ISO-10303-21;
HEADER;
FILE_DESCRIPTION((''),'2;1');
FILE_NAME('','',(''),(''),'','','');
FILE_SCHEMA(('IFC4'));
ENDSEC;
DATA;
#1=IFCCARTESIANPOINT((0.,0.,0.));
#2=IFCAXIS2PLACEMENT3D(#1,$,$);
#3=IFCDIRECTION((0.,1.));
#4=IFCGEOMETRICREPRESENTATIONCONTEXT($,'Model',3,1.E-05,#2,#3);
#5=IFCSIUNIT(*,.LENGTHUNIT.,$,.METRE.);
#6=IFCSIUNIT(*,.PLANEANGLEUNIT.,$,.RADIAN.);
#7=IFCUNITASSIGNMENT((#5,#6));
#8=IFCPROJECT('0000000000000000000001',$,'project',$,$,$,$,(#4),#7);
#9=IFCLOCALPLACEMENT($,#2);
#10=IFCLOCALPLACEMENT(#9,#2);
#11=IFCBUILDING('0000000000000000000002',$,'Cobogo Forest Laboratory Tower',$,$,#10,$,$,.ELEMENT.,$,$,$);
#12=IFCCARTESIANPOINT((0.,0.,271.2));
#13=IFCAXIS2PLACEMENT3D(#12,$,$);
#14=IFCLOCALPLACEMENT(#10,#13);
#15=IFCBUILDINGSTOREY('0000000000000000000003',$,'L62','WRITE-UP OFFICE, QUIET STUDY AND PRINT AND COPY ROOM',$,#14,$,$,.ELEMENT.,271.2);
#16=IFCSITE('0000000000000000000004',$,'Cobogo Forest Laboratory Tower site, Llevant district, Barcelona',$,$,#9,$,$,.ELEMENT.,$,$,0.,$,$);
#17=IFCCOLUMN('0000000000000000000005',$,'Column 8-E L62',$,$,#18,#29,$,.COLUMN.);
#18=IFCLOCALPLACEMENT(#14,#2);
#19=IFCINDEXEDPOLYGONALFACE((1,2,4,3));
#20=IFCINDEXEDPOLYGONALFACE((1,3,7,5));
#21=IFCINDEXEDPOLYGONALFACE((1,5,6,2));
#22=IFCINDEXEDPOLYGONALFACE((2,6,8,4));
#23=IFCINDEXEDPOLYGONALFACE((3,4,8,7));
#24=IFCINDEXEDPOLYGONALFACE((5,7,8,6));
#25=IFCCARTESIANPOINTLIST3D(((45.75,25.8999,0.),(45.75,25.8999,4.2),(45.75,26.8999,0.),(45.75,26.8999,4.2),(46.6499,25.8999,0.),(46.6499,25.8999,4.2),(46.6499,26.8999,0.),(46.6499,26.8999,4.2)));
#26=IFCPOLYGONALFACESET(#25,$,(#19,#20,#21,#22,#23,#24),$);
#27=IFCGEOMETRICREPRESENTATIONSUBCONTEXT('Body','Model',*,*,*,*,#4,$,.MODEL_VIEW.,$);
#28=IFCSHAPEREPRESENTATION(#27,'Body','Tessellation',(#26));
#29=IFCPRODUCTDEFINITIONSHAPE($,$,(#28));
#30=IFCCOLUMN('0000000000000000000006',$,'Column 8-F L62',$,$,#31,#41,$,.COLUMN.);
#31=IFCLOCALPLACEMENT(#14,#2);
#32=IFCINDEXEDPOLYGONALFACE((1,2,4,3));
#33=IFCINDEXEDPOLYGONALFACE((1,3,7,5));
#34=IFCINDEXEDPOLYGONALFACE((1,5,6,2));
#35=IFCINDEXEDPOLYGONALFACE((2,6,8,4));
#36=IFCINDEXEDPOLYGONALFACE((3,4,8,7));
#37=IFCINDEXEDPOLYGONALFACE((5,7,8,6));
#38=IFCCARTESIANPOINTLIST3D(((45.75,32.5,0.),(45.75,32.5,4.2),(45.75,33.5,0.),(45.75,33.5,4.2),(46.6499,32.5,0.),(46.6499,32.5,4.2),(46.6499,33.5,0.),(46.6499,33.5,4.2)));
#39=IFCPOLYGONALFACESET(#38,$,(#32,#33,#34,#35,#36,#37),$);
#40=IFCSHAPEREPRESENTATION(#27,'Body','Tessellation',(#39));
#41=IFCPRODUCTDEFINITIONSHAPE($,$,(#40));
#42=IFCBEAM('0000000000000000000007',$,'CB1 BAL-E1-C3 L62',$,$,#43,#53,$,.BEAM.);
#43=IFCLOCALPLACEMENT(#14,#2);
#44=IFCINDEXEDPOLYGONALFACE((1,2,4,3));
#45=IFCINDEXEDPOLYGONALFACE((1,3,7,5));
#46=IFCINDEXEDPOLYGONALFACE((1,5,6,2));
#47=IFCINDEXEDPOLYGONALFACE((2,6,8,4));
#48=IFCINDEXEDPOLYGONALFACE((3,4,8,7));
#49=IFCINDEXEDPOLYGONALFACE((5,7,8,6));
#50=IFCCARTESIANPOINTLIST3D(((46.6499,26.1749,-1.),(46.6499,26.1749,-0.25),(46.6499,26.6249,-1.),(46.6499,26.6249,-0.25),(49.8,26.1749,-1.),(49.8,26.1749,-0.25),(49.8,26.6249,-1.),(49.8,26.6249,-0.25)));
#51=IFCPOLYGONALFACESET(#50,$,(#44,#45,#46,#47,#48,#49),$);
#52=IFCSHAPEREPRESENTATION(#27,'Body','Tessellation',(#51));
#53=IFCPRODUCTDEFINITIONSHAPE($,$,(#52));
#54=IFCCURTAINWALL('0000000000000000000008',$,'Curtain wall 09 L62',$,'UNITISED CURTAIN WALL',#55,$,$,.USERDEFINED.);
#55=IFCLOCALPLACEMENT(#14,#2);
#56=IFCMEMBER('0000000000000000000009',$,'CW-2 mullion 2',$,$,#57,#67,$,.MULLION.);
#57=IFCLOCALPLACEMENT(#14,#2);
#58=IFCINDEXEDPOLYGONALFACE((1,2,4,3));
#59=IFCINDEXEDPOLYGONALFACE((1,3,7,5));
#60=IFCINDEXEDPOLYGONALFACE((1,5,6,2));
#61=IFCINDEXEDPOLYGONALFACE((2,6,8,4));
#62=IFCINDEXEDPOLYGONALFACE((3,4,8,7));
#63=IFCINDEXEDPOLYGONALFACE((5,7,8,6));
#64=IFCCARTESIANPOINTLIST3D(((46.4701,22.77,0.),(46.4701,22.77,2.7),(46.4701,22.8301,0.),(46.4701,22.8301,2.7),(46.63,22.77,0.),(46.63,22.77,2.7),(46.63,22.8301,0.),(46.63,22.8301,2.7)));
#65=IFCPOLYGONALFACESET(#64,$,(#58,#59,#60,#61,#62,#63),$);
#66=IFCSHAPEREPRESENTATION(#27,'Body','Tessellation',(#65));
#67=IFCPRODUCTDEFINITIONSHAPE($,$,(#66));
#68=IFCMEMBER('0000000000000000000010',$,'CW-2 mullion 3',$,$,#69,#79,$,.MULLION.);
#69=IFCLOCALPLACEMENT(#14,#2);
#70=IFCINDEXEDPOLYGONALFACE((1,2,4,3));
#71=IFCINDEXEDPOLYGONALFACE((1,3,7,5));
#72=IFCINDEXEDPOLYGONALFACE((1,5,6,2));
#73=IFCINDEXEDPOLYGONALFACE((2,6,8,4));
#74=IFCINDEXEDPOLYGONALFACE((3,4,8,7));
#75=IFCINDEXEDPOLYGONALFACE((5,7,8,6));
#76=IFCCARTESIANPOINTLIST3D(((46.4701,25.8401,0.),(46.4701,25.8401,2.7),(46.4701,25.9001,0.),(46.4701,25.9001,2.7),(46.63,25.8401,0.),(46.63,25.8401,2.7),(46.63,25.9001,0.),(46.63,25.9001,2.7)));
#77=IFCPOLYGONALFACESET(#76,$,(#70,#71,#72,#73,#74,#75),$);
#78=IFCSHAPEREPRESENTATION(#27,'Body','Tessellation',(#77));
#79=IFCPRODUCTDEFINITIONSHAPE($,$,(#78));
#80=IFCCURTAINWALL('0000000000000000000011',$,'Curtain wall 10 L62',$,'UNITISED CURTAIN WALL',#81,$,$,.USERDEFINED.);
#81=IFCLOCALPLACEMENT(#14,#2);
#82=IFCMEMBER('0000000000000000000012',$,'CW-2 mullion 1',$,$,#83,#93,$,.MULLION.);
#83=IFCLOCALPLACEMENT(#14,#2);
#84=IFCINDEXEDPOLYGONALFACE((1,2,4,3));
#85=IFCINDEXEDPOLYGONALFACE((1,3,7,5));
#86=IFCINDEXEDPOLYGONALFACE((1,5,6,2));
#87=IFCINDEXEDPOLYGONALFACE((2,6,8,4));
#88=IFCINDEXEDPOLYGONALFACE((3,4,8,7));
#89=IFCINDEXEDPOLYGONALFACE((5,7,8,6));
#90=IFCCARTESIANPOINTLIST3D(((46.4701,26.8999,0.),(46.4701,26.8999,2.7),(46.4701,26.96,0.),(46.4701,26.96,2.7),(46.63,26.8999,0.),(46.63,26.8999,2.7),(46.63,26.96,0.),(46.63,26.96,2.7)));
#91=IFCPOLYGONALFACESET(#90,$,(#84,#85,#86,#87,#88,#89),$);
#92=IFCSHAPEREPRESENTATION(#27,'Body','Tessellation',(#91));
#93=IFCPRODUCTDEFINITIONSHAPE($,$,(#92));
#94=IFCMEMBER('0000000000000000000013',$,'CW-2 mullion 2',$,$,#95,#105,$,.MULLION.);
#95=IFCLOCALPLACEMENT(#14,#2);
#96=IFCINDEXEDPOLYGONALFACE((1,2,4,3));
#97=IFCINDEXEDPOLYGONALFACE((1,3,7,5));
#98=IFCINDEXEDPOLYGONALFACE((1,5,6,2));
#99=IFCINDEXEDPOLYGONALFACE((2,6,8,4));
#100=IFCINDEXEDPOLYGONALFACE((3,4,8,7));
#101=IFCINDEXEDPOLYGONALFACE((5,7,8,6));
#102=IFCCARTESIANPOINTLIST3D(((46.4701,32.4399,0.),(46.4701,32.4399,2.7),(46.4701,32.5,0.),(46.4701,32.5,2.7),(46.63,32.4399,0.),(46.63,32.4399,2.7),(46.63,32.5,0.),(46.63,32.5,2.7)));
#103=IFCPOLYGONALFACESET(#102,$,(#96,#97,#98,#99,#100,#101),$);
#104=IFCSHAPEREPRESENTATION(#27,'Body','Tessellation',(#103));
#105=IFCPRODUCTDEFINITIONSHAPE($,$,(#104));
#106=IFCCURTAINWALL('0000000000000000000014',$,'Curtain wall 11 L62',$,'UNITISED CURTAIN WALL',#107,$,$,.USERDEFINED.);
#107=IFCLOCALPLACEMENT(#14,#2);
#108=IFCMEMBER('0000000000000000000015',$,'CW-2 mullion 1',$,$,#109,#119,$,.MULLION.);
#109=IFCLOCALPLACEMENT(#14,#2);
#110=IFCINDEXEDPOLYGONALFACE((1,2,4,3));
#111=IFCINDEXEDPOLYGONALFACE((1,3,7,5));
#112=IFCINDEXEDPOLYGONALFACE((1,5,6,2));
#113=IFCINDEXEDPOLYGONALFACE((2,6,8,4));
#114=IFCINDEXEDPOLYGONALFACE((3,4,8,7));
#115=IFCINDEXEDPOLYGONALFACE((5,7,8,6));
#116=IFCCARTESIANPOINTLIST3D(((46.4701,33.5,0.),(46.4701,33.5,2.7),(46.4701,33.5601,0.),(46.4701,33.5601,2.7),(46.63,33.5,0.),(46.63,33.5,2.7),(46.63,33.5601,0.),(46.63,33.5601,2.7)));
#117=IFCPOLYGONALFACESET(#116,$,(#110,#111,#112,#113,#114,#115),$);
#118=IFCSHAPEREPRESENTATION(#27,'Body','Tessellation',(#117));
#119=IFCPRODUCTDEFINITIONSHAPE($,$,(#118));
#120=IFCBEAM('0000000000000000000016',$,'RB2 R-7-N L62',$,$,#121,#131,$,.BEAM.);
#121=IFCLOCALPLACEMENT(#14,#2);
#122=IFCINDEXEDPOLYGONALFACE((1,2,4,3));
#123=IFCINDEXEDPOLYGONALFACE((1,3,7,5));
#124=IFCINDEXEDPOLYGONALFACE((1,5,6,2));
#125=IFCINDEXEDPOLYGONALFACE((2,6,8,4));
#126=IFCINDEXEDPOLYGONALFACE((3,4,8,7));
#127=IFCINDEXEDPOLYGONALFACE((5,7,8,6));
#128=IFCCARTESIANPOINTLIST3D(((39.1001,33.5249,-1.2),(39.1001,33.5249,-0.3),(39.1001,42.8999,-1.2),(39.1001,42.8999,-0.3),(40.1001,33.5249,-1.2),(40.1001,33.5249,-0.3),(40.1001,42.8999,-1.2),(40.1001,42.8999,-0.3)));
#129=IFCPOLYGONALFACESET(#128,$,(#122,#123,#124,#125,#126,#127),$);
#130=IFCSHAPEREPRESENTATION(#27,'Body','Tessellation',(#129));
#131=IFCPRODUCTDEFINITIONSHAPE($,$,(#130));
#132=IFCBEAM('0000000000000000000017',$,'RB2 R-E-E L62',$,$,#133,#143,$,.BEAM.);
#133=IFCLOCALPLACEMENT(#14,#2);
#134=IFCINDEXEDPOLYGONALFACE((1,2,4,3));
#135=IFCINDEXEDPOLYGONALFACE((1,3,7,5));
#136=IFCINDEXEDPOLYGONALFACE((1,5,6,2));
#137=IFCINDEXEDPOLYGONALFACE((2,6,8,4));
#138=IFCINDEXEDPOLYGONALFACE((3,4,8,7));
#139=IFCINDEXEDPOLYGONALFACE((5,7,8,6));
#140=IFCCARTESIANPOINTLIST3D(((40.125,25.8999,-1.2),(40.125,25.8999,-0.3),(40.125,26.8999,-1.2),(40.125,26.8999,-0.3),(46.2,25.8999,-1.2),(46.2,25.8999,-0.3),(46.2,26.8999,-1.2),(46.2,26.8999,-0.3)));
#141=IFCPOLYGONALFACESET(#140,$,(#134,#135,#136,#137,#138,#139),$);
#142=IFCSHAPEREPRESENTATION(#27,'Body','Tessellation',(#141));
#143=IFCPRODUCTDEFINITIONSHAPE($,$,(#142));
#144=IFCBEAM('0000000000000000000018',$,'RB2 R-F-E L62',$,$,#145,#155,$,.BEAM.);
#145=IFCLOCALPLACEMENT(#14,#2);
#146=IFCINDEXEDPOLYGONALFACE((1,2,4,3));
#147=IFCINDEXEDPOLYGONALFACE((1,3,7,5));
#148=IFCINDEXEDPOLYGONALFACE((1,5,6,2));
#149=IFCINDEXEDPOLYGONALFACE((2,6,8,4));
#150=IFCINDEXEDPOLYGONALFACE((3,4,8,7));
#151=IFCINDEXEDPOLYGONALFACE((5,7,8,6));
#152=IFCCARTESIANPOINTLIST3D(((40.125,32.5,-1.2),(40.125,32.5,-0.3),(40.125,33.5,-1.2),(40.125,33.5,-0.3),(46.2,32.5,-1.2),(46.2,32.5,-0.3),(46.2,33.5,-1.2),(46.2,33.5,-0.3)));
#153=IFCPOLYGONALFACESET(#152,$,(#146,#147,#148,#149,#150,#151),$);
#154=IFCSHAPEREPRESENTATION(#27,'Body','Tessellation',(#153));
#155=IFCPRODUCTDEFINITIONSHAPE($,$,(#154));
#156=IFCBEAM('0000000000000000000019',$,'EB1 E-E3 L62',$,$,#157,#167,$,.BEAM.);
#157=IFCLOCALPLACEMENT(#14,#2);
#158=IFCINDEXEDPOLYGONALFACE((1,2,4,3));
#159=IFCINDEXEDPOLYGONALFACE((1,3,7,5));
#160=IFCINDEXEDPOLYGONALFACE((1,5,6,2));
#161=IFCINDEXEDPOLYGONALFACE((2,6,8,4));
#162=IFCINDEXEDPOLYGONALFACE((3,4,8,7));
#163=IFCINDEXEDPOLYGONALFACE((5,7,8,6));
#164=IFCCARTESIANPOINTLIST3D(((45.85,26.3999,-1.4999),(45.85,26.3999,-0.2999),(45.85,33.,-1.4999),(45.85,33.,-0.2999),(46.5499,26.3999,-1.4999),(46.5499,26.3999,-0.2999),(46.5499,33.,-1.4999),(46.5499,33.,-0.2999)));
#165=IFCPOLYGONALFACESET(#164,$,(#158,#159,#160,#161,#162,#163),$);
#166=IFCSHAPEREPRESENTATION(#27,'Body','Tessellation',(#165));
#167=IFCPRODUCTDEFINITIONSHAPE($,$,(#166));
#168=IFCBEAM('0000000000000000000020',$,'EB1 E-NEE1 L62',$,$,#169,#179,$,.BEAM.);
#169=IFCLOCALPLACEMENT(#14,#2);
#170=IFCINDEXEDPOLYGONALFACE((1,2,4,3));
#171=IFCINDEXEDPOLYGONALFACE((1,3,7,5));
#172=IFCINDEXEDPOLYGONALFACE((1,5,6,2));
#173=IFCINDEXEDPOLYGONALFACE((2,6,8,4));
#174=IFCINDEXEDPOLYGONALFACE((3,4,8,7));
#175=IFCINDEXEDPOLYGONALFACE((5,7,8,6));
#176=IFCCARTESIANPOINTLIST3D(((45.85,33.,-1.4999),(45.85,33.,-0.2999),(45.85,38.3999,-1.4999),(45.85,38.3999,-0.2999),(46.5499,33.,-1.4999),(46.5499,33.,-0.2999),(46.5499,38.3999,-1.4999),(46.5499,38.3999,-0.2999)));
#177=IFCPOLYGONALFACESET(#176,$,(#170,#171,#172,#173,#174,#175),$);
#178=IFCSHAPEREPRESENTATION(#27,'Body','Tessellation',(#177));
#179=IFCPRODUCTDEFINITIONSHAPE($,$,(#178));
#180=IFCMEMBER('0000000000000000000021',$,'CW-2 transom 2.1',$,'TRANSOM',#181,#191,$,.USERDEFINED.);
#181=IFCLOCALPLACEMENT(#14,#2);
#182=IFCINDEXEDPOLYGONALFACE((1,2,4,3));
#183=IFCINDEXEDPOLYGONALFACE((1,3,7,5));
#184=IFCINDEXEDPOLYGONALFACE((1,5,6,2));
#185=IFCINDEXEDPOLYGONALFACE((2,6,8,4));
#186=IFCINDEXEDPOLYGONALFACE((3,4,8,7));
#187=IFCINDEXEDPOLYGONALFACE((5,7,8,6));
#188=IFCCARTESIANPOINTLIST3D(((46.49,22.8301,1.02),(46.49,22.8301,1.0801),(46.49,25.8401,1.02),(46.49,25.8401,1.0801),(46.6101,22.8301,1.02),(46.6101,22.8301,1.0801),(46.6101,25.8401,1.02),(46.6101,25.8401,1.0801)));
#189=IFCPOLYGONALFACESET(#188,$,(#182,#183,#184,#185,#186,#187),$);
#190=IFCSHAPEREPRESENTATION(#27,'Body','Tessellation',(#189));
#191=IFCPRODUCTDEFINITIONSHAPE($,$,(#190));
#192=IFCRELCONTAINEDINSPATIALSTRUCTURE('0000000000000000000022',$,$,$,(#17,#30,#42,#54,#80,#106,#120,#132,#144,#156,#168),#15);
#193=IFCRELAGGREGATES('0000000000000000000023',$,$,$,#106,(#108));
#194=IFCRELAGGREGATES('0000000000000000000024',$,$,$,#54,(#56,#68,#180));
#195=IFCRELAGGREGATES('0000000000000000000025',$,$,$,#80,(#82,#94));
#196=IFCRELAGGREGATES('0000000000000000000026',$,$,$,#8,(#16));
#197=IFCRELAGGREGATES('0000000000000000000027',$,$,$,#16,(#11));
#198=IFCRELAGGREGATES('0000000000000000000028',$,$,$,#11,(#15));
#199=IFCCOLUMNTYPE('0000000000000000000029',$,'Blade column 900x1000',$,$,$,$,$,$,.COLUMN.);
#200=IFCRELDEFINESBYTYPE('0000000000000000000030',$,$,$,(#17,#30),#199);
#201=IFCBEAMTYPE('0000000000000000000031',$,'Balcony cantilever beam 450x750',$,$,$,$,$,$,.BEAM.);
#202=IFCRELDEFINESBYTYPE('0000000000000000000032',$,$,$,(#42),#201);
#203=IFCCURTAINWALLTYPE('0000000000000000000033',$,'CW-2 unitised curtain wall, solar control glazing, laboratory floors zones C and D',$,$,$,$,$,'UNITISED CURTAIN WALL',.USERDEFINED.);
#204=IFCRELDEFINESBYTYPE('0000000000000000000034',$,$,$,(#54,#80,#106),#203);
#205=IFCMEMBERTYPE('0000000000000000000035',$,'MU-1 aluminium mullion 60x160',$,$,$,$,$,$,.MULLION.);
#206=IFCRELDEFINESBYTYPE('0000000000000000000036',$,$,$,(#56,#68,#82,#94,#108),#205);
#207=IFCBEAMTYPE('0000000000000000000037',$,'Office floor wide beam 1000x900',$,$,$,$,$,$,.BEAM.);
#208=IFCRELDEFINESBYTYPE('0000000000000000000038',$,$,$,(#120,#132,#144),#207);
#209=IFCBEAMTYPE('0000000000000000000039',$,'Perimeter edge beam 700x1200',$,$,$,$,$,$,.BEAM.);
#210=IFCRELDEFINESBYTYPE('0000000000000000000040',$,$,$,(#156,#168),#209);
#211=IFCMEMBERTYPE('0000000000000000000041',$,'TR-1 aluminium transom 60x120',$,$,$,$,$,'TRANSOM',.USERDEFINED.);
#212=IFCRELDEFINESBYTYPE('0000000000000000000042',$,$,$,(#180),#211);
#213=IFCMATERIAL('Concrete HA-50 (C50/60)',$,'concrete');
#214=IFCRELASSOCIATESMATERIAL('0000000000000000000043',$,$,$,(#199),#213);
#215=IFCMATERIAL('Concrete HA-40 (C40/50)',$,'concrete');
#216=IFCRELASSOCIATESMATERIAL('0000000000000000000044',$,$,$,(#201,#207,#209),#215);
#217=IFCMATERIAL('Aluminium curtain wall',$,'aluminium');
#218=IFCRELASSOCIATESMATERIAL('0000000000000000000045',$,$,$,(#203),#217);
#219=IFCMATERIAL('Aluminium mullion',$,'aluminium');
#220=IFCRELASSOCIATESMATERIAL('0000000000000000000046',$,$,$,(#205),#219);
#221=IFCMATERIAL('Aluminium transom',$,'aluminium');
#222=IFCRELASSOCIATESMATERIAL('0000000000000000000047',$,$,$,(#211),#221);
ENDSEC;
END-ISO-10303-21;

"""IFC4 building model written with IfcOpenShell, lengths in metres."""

from ifc_helpers import new_model, si_unit, direction, frame, origin, origin_2d, place, context, subcontext, project, spatial, rectangle, extrude, material, material_profile, profile_set, type_object, element, aggregate, save


model = new_model("IFC4")

# Units and contexts
model_context = context("Model", 3, precision=1e-05, world=origin(), true_north=direction((0.0, 1.0)))
body_context = subcontext(model_context, "Body", "Model", "MODEL_VIEW")
ifc_project = project(units=[si_unit("LENGTHUNIT", "METRE"), si_unit("PLANEANGLEUNIT", "RADIAN")], contexts=[model_context])

# Site, building, storey
site_placement = place(None, origin())
site = spatial("IfcSite", under=ifc_project, at=site_placement, Name="Cobogo Forest Laboratory Tower site, Llevant district, Barcelona", CompositionType="ELEMENT", RefElevation=0.0)
building_placement = place(site_placement, origin())
building = spatial("IfcBuilding", under=site, at=building_placement, Name="Cobogo Forest Laboratory Tower", CompositionType="ELEMENT")
storey_placement = place(building_placement, frame((0.0, 0.0, 271.2)))
storey = spatial("IfcBuildingStorey", under=building, at=storey_placement, Name="L62", Description="WRITE-UP OFFICE, QUIET STUDY AND PRINT AND COPY ROOM", CompositionType="ELEMENT", Elevation=271.2)

# Columns
ifc_material_1 = material(Name="Concrete HA-50 (C50/60)", Category="concrete")
ifc_material_profile_1 = material_profile(ifc_material_1, rectangle(XDim=1.0, YDim=0.8999, at=origin_2d()), Name="RC 900x1000")
ifc_profile_set_1 = profile_set([ifc_material_profile_1], Name="Concrete HA-50 (C50/60)")
column_type = type_object("IfcColumnType", Name="Blade column 900x1000", PredefinedType="COLUMN", material=ifc_profile_set_1)
for number, where, z_axis, x_axis, name in (
    (1, (46.2, 26.3999, 0.0), (0.0, 0.0, 1.0), (0.0, 1.0, 0.0), "Column 8-E L62"),
    (2, (46.2, 33.0, 0.0), (0.0, 0.0, 1.0), (0.0, 1.0, 0.0), "Column 8-F L62"),
):
    element("IfcColumn", number, at=place(storey_placement, frame(where, z_axis=z_axis, x_axis=x_axis)), inside=storey, type_object=column_type, Name=name, PredefinedType="COLUMN", context=body_context, shape_type="SweptSolid", body=[
        extrude(rectangle(XDim=1.0, YDim=0.8999, at=origin_2d()), origin(), (0.0, 0.0, 1.0), 4.2),
    ])

# Beam
ifc_material_2 = material(Name="Concrete HA-40 (C40/50)", Category="concrete")
ifc_material_profile_2 = material_profile(ifc_material_2, rectangle(XDim=0.45, YDim=0.75, at=origin_2d()), Name="RC 450x750")
ifc_profile_set_2 = profile_set([ifc_material_profile_2], Name="Concrete HA-40 (C40/50)")
beam_type_1 = type_object("IfcBeamType", Name="Balcony cantilever beam 450x750", PredefinedType="BEAM", material=ifc_profile_set_2)
beam_1_placement = place(storey_placement, frame((46.6499, 26.3999, -0.625), z_axis=(1.0, 0.0, 0.0), x_axis=(0.0, 1.0, 0.0)))
element("IfcBeam", 3, at=beam_1_placement, inside=storey, type_object=beam_type_1, Name="CB1 BAL-E1-C3 L62", PredefinedType="BEAM", context=body_context, shape_type="SweptSolid", body=[
    extrude(rectangle(XDim=0.45, YDim=0.75, at=origin_2d()), origin(), (0.0, 0.0, 1.0), 3.1501),
])

# Curtain walls, members
ifc_material_3 = material(Name="Aluminium curtain wall", Category="aluminium")
curtain_wall_type = type_object("IfcCurtainWallType", Name="CW-2 unitised curtain wall, solar control glazing, laboratory floors zones C and D", ElementType="UNITISED CURTAIN WALL", PredefinedType="USERDEFINED", material=ifc_material_3)
curtain_wall_1_placement = place(storey_placement, origin())
curtain_wall_1 = element("IfcCurtainWall", 4, at=curtain_wall_1_placement, inside=storey, type_object=curtain_wall_type, Name="Curtain wall 09 L62", ObjectType="UNITISED CURTAIN WALL", PredefinedType="USERDEFINED")
ifc_material_4 = material(Name="Aluminium mullion", Category="aluminium")
ifc_material_profile_3 = material_profile(ifc_material_4, rectangle(XDim=0.0601, YDim=0.1599, at=origin_2d()), Name="AL 60x160")
ifc_profile_set_3 = profile_set([ifc_material_profile_3], Name="Aluminium mullion")
member_type_1 = type_object("IfcMemberType", Name="MU-1 aluminium mullion 60x160", PredefinedType="MULLION", material=ifc_profile_set_3)
member_1_placement = place(storey_placement, frame((46.55, 22.8, 0.0), z_axis=(0.0, 0.0, 1.0), x_axis=(0.0, 1.0, 0.0)))
member_1 = element("IfcMember", 5, at=member_1_placement, type_object=member_type_1, Name="CW-2 mullion 2", PredefinedType="MULLION", context=body_context, shape_type="SweptSolid", body=[
    extrude(rectangle(XDim=0.0601, YDim=0.1599, at=origin_2d()), origin(), (0.0, 0.0, 1.0), 2.7),
])
member_2_placement = place(storey_placement, frame((46.55, 25.8701, 0.0), z_axis=(0.0, 0.0, 1.0), x_axis=(0.0, 1.0, 0.0)))
member_2 = element("IfcMember", 6, at=member_2_placement, type_object=member_type_1, Name="CW-2 mullion 3", PredefinedType="MULLION", context=body_context, shape_type="SweptSolid", body=[
    extrude(rectangle(XDim=0.0601, YDim=0.1599, at=origin_2d()), origin(), (0.0, 0.0, 1.0), 2.7),
])
curtain_wall_2_placement = place(storey_placement, origin())
curtain_wall_2 = element("IfcCurtainWall", 7, at=curtain_wall_2_placement, inside=storey, type_object=curtain_wall_type, Name="Curtain wall 10 L62", ObjectType="UNITISED CURTAIN WALL", PredefinedType="USERDEFINED")
member_3_placement = place(storey_placement, frame((46.55, 26.9299, 0.0), z_axis=(0.0, 0.0, 1.0), x_axis=(0.0, 1.0, 0.0)))
member_3 = element("IfcMember", 8, at=member_3_placement, type_object=member_type_1, Name="CW-2 mullion 1", PredefinedType="MULLION", context=body_context, shape_type="SweptSolid", body=[
    extrude(rectangle(XDim=0.0601, YDim=0.1599, at=origin_2d()), origin(), (0.0, 0.0, 1.0), 2.7),
])
member_4_placement = place(storey_placement, frame((46.55, 32.47, 0.0), z_axis=(0.0, 0.0, 1.0), x_axis=(0.0, 1.0, 0.0)))
member_4 = element("IfcMember", 9, at=member_4_placement, type_object=member_type_1, Name="CW-2 mullion 2", PredefinedType="MULLION", context=body_context, shape_type="SweptSolid", body=[
    extrude(rectangle(XDim=0.0601, YDim=0.1599, at=origin_2d()), origin(), (0.0, 0.0, 1.0), 2.7),
])

# Curtain wall, member
curtain_wall_3_placement = place(storey_placement, origin())
curtain_wall_3 = element("IfcCurtainWall", 10, at=curtain_wall_3_placement, inside=storey, type_object=curtain_wall_type, Name="Curtain wall 11 L62", ObjectType="UNITISED CURTAIN WALL", PredefinedType="USERDEFINED")
member_5_placement = place(storey_placement, frame((46.55, 33.53, 0.0), z_axis=(0.0, 0.0, 1.0), x_axis=(0.0, 1.0, 0.0)))
member_5 = element("IfcMember", 11, at=member_5_placement, type_object=member_type_1, Name="CW-2 mullion 1", PredefinedType="MULLION", context=body_context, shape_type="SweptSolid", body=[
    extrude(rectangle(XDim=0.0601, YDim=0.1599, at=origin_2d()), origin(), (0.0, 0.0, 1.0), 2.7),
])

# Beams
ifc_material_profile_4 = material_profile(ifc_material_2, rectangle(XDim=1.0, YDim=0.8999, at=origin_2d()), Name="RC 1000x900")
ifc_profile_set_4 = profile_set([ifc_material_profile_4], Name="Concrete HA-40 (C40/50)")
beam_type_2 = type_object("IfcBeamType", Name="Office floor wide beam 1000x900", PredefinedType="BEAM", material=ifc_profile_set_4)
beam_2_placement = place(storey_placement, frame((39.6001, 33.5249, -0.75), z_axis=(0.0, 1.0, 0.0), x_axis=(-1.0, 0.0, 0.0)))
element("IfcBeam", 12, at=beam_2_placement, inside=storey, type_object=beam_type_2, Name="RB2 R-7-N L62", PredefinedType="BEAM", context=body_context, shape_type="SweptSolid", body=[
    extrude(rectangle(XDim=1.0, YDim=0.8999, at=origin_2d()), origin(), (0.0, 0.0, 1.0), 9.375),
])
for number, where, z_axis, x_axis, name in (
    (13, (40.125, 26.3999, -0.75), (1.0, 0.0, 0.0), (0.0, 1.0, 0.0), "RB2 R-E-E L62"),
    (14, (40.125, 33.0, -0.75), (1.0, 0.0, 0.0), (0.0, 1.0, 0.0), "RB2 R-F-E L62"),
):
    element("IfcBeam", number, at=place(storey_placement, frame(where, z_axis=z_axis, x_axis=x_axis)), inside=storey, type_object=beam_type_2, Name=name, PredefinedType="BEAM", context=body_context, shape_type="SweptSolid", body=[
        extrude(rectangle(XDim=1.0, YDim=0.8999, at=origin_2d()), origin(), (0.0, 0.0, 1.0), 6.075),
    ])
ifc_material_profile_5 = material_profile(ifc_material_2, rectangle(XDim=0.7, YDim=1.2, at=origin_2d()), Name="RC 700x1200")
ifc_profile_set_5 = profile_set([ifc_material_profile_5], Name="Concrete HA-40 (C40/50)")
beam_type_3 = type_object("IfcBeamType", Name="Perimeter edge beam 700x1200", PredefinedType="BEAM", material=ifc_profile_set_5)
beam_3_placement = place(storey_placement, frame((46.2, 26.3999, -0.8999), z_axis=(0.0, 1.0, 0.0), x_axis=(-1.0, 0.0, 0.0)))
element("IfcBeam", 15, at=beam_3_placement, inside=storey, type_object=beam_type_3, Name="EB1 E-E3 L62", PredefinedType="BEAM", context=body_context, shape_type="SweptSolid", body=[
    extrude(rectangle(XDim=0.7, YDim=1.2, at=origin_2d()), origin(), (0.0, 0.0, 1.0), 6.6001),
])
beam_4_placement = place(storey_placement, frame((46.2, 33.0, -0.8999), z_axis=(0.0, 1.0, 0.0), x_axis=(-1.0, 0.0, 0.0)))
element("IfcBeam", 16, at=beam_4_placement, inside=storey, type_object=beam_type_3, Name="EB1 E-NEE1 L62", PredefinedType="BEAM", context=body_context, shape_type="SweptSolid", body=[
    extrude(rectangle(XDim=0.7, YDim=1.2, at=origin_2d()), origin(), (0.0, 0.0, 1.0), 5.3999),
])

# Member
ifc_material_5 = material(Name="Aluminium transom", Category="aluminium")
ifc_material_profile_6 = material_profile(ifc_material_5, rectangle(XDim=0.1201, YDim=0.0601, at=origin_2d()), Name="AL 60x120")
ifc_profile_set_6 = profile_set([ifc_material_profile_6], Name="Aluminium transom")
member_type_2 = type_object("IfcMemberType", Name="TR-1 aluminium transom 60x120", ElementType="TRANSOM", PredefinedType="USERDEFINED", material=ifc_profile_set_6)
member_6_placement = place(storey_placement, frame((46.55, 22.8301, 1.05), z_axis=(0.0, 1.0, 0.0), x_axis=(-1.0, 0.0, 0.0)))
member_6 = element("IfcMember", 17, at=member_6_placement, type_object=member_type_2, Name="CW-2 transom 2.1", ObjectType="TRANSOM", PredefinedType="USERDEFINED", context=body_context, shape_type="SweptSolid", body=[
    extrude(rectangle(XDim=0.1201, YDim=0.0601, at=origin_2d()), origin(), (0.0, 0.0, 1.0), 3.01),
])
aggregate(curtain_wall_3, [member_5])

aggregate(curtain_wall_1, [member_1, member_2, member_6])
aggregate(curtain_wall_2, [member_3, member_4])

save(model, "model.ifc")
